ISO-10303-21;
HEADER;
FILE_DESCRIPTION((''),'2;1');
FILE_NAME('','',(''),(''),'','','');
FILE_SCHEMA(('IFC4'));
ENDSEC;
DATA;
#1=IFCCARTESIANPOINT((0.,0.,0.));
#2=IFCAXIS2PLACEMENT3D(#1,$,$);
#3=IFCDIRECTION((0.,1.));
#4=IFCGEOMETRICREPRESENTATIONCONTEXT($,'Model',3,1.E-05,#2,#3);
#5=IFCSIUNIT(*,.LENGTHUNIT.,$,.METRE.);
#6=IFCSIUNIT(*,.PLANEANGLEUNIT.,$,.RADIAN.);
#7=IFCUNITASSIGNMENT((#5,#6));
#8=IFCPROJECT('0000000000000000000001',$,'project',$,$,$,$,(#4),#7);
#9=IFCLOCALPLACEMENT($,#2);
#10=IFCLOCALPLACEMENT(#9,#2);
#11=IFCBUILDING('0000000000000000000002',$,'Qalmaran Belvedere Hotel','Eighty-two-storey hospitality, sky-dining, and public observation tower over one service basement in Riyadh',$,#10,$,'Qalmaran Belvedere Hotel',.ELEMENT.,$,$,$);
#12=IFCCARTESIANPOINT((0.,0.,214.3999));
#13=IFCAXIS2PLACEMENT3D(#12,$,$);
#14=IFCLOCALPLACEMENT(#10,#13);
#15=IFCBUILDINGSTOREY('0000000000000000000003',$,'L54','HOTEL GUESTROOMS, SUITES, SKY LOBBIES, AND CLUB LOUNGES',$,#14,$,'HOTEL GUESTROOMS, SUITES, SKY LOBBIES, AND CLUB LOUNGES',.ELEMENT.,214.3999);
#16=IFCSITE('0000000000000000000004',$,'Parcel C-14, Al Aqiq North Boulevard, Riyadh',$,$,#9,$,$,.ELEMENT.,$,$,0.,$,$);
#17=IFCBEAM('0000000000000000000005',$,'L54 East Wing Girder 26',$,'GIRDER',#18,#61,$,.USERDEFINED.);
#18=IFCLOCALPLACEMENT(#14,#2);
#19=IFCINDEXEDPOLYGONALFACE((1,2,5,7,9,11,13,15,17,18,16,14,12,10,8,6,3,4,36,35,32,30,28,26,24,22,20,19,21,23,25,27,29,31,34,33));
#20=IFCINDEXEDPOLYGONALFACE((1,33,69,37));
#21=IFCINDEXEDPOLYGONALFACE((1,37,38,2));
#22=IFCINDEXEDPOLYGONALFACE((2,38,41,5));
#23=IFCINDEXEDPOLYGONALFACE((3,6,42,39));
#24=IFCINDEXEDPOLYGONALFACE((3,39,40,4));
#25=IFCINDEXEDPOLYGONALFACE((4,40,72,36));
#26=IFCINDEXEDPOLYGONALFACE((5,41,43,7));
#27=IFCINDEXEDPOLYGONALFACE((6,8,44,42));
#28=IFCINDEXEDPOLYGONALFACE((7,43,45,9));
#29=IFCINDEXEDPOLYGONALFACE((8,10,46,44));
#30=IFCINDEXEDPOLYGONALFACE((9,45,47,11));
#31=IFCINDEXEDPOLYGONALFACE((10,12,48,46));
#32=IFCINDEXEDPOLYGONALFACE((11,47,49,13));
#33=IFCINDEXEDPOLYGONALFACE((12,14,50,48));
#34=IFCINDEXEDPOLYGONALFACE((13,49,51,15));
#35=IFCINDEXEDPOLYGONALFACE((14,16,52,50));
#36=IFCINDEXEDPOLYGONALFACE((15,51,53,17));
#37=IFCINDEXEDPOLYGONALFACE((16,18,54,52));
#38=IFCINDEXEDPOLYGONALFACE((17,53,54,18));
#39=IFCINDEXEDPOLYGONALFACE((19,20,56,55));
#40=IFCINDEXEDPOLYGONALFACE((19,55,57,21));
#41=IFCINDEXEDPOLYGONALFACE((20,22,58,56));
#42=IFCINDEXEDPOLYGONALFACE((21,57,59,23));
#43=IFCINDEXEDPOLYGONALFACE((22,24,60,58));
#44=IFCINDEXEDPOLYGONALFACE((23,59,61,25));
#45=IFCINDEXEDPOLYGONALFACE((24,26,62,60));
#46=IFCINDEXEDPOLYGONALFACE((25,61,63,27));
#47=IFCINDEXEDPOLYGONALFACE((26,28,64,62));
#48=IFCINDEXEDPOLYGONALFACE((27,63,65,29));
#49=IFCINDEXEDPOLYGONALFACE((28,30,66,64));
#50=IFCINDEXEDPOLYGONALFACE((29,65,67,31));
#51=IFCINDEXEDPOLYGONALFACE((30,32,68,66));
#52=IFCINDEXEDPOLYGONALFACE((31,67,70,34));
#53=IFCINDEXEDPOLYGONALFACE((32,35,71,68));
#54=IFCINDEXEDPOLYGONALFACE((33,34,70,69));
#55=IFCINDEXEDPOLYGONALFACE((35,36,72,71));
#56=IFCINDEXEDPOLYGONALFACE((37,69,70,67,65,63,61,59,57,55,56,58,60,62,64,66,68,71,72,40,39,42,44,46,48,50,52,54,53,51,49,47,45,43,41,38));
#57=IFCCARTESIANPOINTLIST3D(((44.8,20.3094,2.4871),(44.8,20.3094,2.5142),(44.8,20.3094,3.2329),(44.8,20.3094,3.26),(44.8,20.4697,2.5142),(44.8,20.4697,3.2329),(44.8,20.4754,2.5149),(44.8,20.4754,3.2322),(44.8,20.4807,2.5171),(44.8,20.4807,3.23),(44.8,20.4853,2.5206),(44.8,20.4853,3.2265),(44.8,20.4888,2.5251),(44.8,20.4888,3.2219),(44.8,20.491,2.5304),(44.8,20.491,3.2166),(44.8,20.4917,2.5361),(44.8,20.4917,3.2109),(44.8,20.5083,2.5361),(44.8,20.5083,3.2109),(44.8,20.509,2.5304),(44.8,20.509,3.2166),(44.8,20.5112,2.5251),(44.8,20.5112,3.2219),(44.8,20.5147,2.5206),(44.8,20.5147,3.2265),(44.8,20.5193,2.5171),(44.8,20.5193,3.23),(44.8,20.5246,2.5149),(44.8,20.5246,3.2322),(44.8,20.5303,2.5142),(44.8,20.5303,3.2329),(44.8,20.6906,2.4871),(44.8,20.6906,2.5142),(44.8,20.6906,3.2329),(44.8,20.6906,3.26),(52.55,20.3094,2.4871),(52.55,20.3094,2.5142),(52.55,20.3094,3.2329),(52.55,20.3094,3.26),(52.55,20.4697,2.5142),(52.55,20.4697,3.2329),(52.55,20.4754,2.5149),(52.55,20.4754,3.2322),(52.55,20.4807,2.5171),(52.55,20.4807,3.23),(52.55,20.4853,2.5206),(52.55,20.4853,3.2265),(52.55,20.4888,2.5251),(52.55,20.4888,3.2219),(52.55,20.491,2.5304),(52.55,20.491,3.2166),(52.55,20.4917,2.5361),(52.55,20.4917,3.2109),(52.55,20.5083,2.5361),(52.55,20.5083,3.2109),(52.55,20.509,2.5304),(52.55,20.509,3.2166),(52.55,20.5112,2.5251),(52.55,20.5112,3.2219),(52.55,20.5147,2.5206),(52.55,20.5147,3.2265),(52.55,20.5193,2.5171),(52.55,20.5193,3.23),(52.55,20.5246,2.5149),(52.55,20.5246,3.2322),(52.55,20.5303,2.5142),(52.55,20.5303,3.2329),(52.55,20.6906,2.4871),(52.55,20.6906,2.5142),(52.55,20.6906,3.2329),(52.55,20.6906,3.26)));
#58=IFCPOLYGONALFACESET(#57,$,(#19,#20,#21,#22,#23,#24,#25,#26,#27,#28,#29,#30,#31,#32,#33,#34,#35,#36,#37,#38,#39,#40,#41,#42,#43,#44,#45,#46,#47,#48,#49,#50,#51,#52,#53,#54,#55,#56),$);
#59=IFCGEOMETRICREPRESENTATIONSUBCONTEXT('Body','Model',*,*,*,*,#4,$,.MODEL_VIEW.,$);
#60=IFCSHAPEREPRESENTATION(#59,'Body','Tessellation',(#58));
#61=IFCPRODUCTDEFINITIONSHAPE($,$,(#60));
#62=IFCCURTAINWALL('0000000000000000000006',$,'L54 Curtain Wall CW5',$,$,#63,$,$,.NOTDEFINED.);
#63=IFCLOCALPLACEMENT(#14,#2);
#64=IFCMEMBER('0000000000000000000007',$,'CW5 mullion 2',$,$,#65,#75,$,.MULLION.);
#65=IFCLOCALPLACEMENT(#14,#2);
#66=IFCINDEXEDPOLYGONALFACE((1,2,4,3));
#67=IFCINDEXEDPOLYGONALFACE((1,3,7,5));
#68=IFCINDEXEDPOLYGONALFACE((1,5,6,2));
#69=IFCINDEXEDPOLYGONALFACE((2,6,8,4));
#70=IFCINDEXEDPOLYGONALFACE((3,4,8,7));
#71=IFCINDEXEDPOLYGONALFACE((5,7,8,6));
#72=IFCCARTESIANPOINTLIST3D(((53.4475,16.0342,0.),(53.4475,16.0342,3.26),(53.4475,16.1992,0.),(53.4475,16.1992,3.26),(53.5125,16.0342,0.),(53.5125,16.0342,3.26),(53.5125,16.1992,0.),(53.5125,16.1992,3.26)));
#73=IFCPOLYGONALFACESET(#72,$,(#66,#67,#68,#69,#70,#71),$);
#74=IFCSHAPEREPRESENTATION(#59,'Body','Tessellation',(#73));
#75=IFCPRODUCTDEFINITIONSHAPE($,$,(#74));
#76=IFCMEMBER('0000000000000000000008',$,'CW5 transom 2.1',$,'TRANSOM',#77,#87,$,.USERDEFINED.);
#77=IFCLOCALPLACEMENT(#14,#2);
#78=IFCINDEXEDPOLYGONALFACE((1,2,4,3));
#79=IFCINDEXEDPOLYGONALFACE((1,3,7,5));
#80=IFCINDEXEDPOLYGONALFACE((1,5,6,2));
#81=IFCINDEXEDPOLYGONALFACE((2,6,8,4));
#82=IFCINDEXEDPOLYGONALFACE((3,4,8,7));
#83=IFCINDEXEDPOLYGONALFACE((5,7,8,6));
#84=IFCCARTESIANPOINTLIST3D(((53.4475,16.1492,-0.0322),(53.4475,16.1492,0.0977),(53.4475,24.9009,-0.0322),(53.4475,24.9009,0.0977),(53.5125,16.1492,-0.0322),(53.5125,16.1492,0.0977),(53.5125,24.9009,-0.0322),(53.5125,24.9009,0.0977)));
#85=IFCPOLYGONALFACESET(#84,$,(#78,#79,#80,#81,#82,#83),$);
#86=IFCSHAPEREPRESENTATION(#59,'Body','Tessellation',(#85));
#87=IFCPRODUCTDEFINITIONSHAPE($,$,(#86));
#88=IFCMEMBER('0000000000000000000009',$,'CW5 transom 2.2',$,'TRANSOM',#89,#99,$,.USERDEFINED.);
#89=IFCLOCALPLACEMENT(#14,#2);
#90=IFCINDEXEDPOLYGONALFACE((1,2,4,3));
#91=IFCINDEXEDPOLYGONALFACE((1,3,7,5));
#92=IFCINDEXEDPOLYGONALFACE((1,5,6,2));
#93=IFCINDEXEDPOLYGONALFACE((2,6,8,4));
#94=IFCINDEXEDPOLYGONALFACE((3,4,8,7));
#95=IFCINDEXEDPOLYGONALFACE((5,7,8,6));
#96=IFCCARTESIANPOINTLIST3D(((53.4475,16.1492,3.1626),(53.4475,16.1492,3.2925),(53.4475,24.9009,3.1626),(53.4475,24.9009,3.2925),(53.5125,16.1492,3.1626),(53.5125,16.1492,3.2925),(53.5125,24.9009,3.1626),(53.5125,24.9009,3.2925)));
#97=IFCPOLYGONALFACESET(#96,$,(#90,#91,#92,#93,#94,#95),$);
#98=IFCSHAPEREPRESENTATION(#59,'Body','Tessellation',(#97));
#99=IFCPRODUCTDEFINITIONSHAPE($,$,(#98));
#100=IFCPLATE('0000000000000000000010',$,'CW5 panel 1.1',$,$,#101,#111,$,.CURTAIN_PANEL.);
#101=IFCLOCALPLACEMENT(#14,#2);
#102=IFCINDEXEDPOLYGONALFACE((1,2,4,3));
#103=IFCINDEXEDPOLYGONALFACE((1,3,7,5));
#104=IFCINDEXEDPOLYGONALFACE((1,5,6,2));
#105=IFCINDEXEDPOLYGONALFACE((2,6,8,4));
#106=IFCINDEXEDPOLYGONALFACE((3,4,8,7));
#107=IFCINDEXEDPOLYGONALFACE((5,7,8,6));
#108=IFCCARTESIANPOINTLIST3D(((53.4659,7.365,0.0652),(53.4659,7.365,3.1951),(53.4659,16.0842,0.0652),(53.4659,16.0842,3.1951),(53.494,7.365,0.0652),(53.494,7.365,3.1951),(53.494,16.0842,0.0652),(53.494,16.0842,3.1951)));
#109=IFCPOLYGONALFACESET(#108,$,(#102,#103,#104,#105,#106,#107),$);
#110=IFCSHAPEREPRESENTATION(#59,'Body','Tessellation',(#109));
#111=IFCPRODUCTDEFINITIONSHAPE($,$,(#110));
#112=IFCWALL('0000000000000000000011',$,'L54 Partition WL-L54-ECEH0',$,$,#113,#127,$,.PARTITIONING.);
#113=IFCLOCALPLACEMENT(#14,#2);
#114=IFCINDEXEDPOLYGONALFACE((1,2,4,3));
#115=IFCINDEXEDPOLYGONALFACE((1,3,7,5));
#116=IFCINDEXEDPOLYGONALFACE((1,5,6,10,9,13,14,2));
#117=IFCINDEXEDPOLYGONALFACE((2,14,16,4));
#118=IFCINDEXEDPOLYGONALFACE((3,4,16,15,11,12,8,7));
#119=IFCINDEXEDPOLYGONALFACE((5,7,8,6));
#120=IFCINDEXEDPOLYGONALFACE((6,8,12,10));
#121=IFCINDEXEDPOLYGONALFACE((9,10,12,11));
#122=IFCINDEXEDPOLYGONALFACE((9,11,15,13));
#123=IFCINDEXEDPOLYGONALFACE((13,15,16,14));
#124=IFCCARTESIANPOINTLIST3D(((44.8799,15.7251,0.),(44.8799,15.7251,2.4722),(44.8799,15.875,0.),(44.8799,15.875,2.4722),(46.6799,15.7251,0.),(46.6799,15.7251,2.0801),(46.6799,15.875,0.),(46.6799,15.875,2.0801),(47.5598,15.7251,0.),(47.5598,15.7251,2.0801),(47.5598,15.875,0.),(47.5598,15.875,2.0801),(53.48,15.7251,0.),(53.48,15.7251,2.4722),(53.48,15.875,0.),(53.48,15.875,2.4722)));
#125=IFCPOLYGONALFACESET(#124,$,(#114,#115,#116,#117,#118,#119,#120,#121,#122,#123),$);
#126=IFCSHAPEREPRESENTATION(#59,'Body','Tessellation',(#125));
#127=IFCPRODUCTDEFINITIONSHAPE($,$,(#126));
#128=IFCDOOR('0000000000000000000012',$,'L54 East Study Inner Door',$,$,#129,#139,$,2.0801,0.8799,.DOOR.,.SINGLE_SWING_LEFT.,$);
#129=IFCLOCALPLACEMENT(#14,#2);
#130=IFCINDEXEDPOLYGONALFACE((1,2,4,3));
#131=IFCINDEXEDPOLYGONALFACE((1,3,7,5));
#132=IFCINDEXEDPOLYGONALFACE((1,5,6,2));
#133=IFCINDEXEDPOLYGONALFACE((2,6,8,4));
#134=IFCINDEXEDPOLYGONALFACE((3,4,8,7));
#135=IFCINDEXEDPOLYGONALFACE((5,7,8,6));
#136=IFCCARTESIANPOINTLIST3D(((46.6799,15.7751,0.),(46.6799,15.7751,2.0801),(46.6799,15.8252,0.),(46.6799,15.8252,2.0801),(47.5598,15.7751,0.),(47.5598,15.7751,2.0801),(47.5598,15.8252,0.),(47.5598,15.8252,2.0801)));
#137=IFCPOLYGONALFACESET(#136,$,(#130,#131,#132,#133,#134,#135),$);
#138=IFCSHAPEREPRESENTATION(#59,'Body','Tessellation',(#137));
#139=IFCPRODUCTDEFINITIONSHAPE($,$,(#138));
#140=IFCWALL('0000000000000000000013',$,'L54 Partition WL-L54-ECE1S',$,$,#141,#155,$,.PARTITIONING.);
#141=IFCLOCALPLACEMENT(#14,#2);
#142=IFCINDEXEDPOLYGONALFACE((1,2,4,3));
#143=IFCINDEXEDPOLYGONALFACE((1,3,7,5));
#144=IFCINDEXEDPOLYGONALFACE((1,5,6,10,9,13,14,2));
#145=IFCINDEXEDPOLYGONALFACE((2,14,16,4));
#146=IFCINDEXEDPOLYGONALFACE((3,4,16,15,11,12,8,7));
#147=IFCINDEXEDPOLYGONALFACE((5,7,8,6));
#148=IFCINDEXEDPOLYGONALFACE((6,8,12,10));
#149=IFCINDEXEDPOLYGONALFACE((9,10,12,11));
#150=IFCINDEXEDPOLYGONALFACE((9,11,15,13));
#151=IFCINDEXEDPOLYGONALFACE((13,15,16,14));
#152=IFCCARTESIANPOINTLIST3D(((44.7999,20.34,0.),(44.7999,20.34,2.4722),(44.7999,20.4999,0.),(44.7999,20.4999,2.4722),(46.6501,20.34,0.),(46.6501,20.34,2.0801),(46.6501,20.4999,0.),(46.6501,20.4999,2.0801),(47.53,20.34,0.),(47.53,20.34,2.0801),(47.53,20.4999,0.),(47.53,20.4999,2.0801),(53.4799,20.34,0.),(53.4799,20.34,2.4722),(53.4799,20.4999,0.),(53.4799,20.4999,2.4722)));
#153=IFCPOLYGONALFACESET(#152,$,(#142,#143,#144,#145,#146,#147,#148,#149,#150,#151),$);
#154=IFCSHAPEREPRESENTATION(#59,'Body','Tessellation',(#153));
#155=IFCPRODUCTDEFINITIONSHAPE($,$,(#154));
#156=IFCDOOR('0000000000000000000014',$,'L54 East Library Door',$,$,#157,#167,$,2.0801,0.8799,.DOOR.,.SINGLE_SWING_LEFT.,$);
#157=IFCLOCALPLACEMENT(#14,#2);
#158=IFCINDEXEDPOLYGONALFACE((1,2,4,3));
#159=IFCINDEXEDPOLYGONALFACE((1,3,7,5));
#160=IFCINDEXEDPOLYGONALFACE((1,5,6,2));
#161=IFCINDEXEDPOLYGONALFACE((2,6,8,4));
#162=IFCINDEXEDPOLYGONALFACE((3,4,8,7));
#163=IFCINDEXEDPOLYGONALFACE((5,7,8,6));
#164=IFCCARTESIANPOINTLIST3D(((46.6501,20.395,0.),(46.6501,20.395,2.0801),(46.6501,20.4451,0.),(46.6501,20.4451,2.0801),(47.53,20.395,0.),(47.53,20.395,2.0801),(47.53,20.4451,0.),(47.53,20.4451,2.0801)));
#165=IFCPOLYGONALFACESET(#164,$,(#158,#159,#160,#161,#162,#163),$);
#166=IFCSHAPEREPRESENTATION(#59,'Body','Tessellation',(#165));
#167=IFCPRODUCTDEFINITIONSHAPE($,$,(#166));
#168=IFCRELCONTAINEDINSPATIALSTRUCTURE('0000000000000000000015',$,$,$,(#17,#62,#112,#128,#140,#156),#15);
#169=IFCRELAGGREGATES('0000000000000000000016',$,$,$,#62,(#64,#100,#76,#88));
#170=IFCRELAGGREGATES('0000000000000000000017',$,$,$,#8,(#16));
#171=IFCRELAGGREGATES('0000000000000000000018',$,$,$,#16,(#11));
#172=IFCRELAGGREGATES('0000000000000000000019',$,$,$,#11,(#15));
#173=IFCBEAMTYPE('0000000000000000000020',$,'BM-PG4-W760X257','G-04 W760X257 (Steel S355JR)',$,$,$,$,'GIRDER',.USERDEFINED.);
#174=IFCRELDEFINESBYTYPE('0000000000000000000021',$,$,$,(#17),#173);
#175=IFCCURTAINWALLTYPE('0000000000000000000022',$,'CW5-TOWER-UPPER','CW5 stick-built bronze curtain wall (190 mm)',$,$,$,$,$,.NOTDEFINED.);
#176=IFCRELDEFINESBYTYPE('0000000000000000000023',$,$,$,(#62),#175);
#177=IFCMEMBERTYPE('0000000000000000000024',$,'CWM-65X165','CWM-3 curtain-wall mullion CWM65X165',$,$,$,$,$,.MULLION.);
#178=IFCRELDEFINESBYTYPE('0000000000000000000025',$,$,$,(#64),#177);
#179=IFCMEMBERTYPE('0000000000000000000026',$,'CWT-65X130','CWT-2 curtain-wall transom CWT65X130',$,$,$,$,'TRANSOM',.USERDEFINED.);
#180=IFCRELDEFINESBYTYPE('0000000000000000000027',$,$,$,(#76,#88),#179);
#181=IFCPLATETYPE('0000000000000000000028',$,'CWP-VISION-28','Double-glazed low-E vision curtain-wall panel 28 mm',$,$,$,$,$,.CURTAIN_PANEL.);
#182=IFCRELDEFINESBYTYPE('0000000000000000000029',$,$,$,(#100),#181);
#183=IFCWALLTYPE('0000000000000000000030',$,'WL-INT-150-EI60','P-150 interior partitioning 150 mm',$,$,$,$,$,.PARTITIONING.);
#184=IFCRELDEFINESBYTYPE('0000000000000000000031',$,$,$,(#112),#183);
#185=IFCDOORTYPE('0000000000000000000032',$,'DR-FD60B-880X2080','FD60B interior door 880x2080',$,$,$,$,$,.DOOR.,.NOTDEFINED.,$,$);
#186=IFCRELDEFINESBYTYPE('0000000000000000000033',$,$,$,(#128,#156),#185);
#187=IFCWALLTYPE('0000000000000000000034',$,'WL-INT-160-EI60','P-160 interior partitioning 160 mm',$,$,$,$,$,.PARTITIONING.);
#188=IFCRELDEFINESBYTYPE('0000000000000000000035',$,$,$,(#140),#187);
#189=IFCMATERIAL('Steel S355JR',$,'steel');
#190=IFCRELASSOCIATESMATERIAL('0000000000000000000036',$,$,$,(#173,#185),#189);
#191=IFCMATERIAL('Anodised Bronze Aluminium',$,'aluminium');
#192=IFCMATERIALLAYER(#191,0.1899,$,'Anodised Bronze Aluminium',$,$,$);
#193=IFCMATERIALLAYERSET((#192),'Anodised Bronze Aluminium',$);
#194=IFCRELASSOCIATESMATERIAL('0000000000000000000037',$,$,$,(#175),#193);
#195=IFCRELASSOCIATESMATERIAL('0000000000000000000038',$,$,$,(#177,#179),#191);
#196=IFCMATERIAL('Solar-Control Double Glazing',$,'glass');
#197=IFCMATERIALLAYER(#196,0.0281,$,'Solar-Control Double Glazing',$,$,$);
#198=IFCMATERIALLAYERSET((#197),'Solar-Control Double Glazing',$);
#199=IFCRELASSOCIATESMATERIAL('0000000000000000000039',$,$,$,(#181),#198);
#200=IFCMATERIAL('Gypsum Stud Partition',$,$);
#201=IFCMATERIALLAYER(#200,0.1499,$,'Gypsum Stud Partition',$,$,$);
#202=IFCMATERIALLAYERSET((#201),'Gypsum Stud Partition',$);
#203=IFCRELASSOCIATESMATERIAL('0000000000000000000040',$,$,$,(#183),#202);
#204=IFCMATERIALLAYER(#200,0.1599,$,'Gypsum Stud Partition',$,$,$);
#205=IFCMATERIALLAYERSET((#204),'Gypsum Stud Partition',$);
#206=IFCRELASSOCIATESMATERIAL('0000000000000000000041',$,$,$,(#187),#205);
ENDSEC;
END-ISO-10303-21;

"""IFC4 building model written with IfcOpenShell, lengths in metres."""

from ifc_helpers import new_model, si_unit, direction, frame, frame_2d, origin, origin_2d, place, context, subcontext, project, spatial, rectangle, i_section, extrude, material, layer, layer_set, material_profile, profile_set, type_object, element, fill, aggregate, save


model = new_model("IFC4")

# Units and contexts
model_context = context("Model", 3, precision=1e-05, world=origin(), true_north=direction((0.0, 1.0)))
body_context = subcontext(model_context, "Body", "Model", "MODEL_VIEW")
ifc_project = project(units=[si_unit("LENGTHUNIT", "METRE"), si_unit("PLANEANGLEUNIT", "RADIAN")], contexts=[model_context])

# Site, building, storey
site_placement = place(None, origin())
site = spatial("IfcSite", under=ifc_project, at=site_placement, Name="Parcel C-14, Al Aqiq North Boulevard, Riyadh", CompositionType="ELEMENT", RefElevation=0.0)
building_placement = place(site_placement, origin())
building = spatial("IfcBuilding", under=site, at=building_placement, Name="Qalmaran Belvedere Hotel", Description="Eighty-two-storey hospitality, sky-dining, and public observation tower over one service basement in Riyadh", LongName="Qalmaran Belvedere Hotel", CompositionType="ELEMENT")
storey_placement = place(building_placement, frame((0.0, 0.0, 214.3999)))
storey = spatial("IfcBuildingStorey", under=building, at=storey_placement, Name="L54", Description="HOTEL GUESTROOMS, SUITES, SKY LOBBIES, AND CLUB LOUNGES", LongName="HOTEL GUESTROOMS, SUITES, SKY LOBBIES, AND CLUB LOUNGES", CompositionType="ELEMENT", Elevation=214.3999)

# Beam
ifc_material_1 = material(Name="Steel S355JR", Category="steel")
ifc_material_profile_1 = material_profile(ifc_material_1, i_section(OverallWidth=0.3811, OverallDepth=0.7729, WebThickness=0.0166, FlangeThickness=0.0271, FilletRadius=0.022, at=origin_2d()), Name="W760X257")
ifc_profile_set_1 = profile_set([ifc_material_profile_1], Name="Steel S355JR")
beam_type_1 = type_object("IfcBeamType", Name="BM-PG4-W760X257", Description="G-04 W760X257 (Steel S355JR)", ElementType="GIRDER", PredefinedType="USERDEFINED", material=ifc_profile_set_1)
beam_1_placement = place(storey_placement, frame((44.8, 20.5, 2.8735), z_axis=(1.0, 0.0, 0.0), x_axis=(0.0, 1.0, 0.0)))
element("IfcBeam", 1, at=beam_1_placement, inside=storey, type_object=beam_type_1, Name="L54 East Wing Girder 26", ObjectType="GIRDER", PredefinedType="USERDEFINED", context=body_context, shape_type="SweptSolid", body=[
    extrude(i_section(OverallWidth=0.3811, OverallDepth=0.7729, WebThickness=0.0166, FlangeThickness=0.0271, FilletRadius=0.022, at=origin_2d()), origin(), (0.0, 0.0, 1.0), 7.75),
])

# Curtain wall, members, plate
ifc_material_2 = material(Name="Anodised Bronze Aluminium", Category="aluminium")
ifc_layer_1 = layer(ifc_material_2, 0.1899, Name="Anodised Bronze Aluminium")
ifc_layer_set_1 = layer_set([ifc_layer_1], Name="Anodised Bronze Aluminium")
curtain_wall_type = type_object("IfcCurtainWallType", Name="CW5-TOWER-UPPER", Description="CW5 stick-built bronze curtain wall (190 mm)", PredefinedType="NOTDEFINED", material=ifc_layer_set_1)
curtain_wall_placement = place(storey_placement, origin())
curtain_wall = element("IfcCurtainWall", 2, at=curtain_wall_placement, inside=storey, type_object=curtain_wall_type, Name="L54 Curtain Wall CW5", PredefinedType="NOTDEFINED")
ifc_material_profile_2 = material_profile(ifc_material_2, rectangle(XDim=0.0649, YDim=0.165, at=origin_2d()), Name="CWM65X165")
ifc_profile_set_2 = profile_set([ifc_material_profile_2], Name="Anodised Bronze Aluminium")
member_type_1 = type_object("IfcMemberType", Name="CWM-65X165", Description="CWM-3 curtain-wall mullion CWM65X165", PredefinedType="MULLION", material=ifc_profile_set_2)
member_1_placement = place(storey_placement, frame((53.48, 16.1167, 0.0), z_axis=(0.0, 0.0, 1.0), x_axis=(-1.0, 0.0, 0.0)))
member_1 = element("IfcMember", 3, at=member_1_placement, type_object=member_type_1, Name="CW5 mullion 2", PredefinedType="MULLION", context=body_context, shape_type="SweptSolid", body=[
    extrude(rectangle(XDim=0.0649, YDim=0.165, at=origin_2d()), origin(), (0.0, 0.0, 1.0), 3.26),
])
ifc_material_profile_3 = material_profile(ifc_material_2, rectangle(XDim=0.0649, YDim=0.1299, at=origin_2d()), Name="CWT65X130")
ifc_profile_set_3 = profile_set([ifc_material_profile_3], Name="Anodised Bronze Aluminium")
member_type_2 = type_object("IfcMemberType", Name="CWT-65X130", Description="CWT-2 curtain-wall transom CWT65X130", ElementType="TRANSOM", PredefinedType="USERDEFINED", material=ifc_profile_set_3)
member_2_placement = place(storey_placement, frame((53.48, 16.1492, 0.0327), z_axis=(0.0, 1.0, 0.0), x_axis=(-1.0, 0.0, 0.0)))
member_2 = element("IfcMember", 4, at=member_2_placement, type_object=member_type_2, Name="CW5 transom 2.1", ObjectType="TRANSOM", PredefinedType="USERDEFINED", context=body_context, shape_type="SweptSolid", body=[
    extrude(rectangle(XDim=0.0649, YDim=0.1299, at=origin_2d()), origin(), (0.0, 0.0, 1.0), 8.7517),
])
member_3_placement = place(storey_placement, frame((53.48, 16.1492, 3.2275), z_axis=(0.0, 1.0, 0.0), x_axis=(-1.0, 0.0, 0.0)))
member_3 = element("IfcMember", 5, at=member_3_placement, type_object=member_type_2, Name="CW5 transom 2.2", ObjectType="TRANSOM", PredefinedType="USERDEFINED", context=body_context, shape_type="SweptSolid", body=[
    extrude(rectangle(XDim=0.0649, YDim=0.1299, at=origin_2d()), origin(), (0.0, 0.0, 1.0), 8.7517),
])
ifc_material_3 = material(Name="Solar-Control Double Glazing", Category="glass")
ifc_layer_2 = layer(ifc_material_3, 0.0281, Name="Solar-Control Double Glazing")
ifc_layer_set_2 = layer_set([ifc_layer_2], Name="Solar-Control Double Glazing")
plate_type = type_object("IfcPlateType", Name="CWP-VISION-28", Description="Double-glazed low-E vision curtain-wall panel 28 mm", PredefinedType="CURTAIN_PANEL", material=ifc_layer_set_2)
plate_placement = place(storey_placement, frame((53.48, 11.7246, 0.0652), z_axis=(0.0, 0.0, 1.0), x_axis=(0.0, 1.0, 0.0)))
plate = element("IfcPlate", 6, at=plate_placement, type_object=plate_type, Name="CW5 panel 1.1", PredefinedType="CURTAIN_PANEL", context=body_context, shape_type="SweptSolid", body=[
    extrude(rectangle(XDim=8.7192, YDim=0.0281, at=origin_2d()), origin(), (0.0, 0.0, 1.0), 3.1299),
])
aggregate(curtain_wall, [member_1, plate, member_2, member_3])

# Walls, openings, doors
ifc_material_4 = material(Name="Gypsum Stud Partition")
ifc_layer_3 = layer(ifc_material_4, 0.1499, Name="Gypsum Stud Partition")
ifc_layer_set_3 = layer_set([ifc_layer_3], Name="Gypsum Stud Partition")
wall_type_1 = type_object("IfcWallType", Name="WL-INT-150-EI60", Description="P-150 interior partitioning 150 mm", PredefinedType="PARTITIONING", material=ifc_layer_set_3)
wall_1_placement = place(storey_placement, frame((44.8799, 15.8, 0.0), z_axis=(0.0, 0.0, 1.0), x_axis=(1.0, 0.0, 0.0)))
wall_1 = element("IfcWall", 7, at=wall_1_placement, inside=storey, type_object=wall_type_1, Name="L54 Partition WL-L54-ECEH0", PredefinedType="PARTITIONING", context=body_context, shape_type="SweptSolid", body=[
    extrude(rectangle(XDim=8.6001, YDim=0.1499, at=frame_2d((4.3, 0.0))), origin(), (0.0, 0.0, 1.0), 2.4722),
])
opening_1_placement = place(wall_1_placement, frame((2.6799, 0.0, 0.0), z_axis=(0.0, 0.0, 1.0), x_axis=(-1.0, 0.0, 0.0)))
opening_1 = element("IfcOpeningElement", 8, at=opening_1_placement, cuts=wall_1, PredefinedType="OPENING", context=body_context, shape_type="SweptSolid", body=[
    extrude(rectangle(XDim=0.8799, YDim=2.0801, at=frame_2d((0.4399, 1.04))), frame((0.0, 0.085, 0.0), z_axis=(0.0, -1.0, 0.0), x_axis=(1.0, 0.0, 0.0)), (0.0, 0.0, 1.0), 0.1699),
])
door_type = type_object("IfcDoorType", Name="DR-FD60B-880X2080", Description="FD60B interior door 880x2080", OperationType="NOTDEFINED", PredefinedType="DOOR", material=ifc_material_1)
door_1_placement = place(opening_1_placement, origin())
door_1 = element("IfcDoor", 9, at=door_1_placement, inside=storey, type_object=door_type, Name="L54 East Study Inner Door", OperationType="SINGLE_SWING_LEFT", OverallHeight=2.0801, OverallWidth=0.8799, PredefinedType="DOOR", context=body_context, shape_type="SweptSolid", body=[
    extrude(rectangle(XDim=0.8799, YDim=2.0801, at=frame_2d((0.4399, 1.04))), frame((0.0, 0.0249, 0.0), z_axis=(0.0, -1.0, 0.0), x_axis=(1.0, 0.0, 0.0)), (0.0, 0.0, 1.0), 0.05),
])
fill(opening_1, door_1)
ifc_layer_4 = layer(ifc_material_4, 0.1599, Name="Gypsum Stud Partition")
ifc_layer_set_4 = layer_set([ifc_layer_4], Name="Gypsum Stud Partition")
wall_type_2 = type_object("IfcWallType", Name="WL-INT-160-EI60", Description="P-160 interior partitioning 160 mm", PredefinedType="PARTITIONING", material=ifc_layer_set_4)
wall_2_placement = place(storey_placement, frame((44.8, 20.4199, 0.0), z_axis=(0.0, 0.0, 1.0), x_axis=(1.0, 0.0, 0.0)))
wall_2 = element("IfcWall", 10, at=wall_2_placement, inside=storey, type_object=wall_type_2, Name="L54 Partition WL-L54-ECE1S", PredefinedType="PARTITIONING", context=body_context, shape_type="SweptSolid", body=[
    extrude(rectangle(XDim=8.6799, YDim=0.1599, at=frame_2d((4.3398, 0.0))), origin(), (0.0, 0.0, 1.0), 2.4722),
])
opening_2_placement = place(wall_2_placement, frame((2.73, 0.0, 0.0), z_axis=(0.0, 0.0, 1.0), x_axis=(-1.0, 0.0, 0.0)))
opening_2 = element("IfcOpeningElement", 11, at=opening_2_placement, cuts=wall_2, PredefinedType="OPENING", context=body_context, shape_type="SweptSolid", body=[
    extrude(rectangle(XDim=0.8799, YDim=2.0801, at=frame_2d((0.4399, 1.04))), frame((0.0, 0.0898, 0.0), z_axis=(0.0, -1.0, 0.0), x_axis=(1.0, 0.0, 0.0)), (0.0, 0.0, 1.0), 0.1799),
])
door_2_placement = place(opening_2_placement, origin())
door_2 = element("IfcDoor", 12, at=door_2_placement, inside=storey, type_object=door_type, Name="L54 East Library Door", OperationType="SINGLE_SWING_LEFT", OverallHeight=2.0801, OverallWidth=0.8799, PredefinedType="DOOR", context=body_context, shape_type="SweptSolid", body=[
    extrude(rectangle(XDim=0.8799, YDim=2.0801, at=frame_2d((0.4399, 1.04))), frame((0.0, 0.0249, 0.0), z_axis=(0.0, -1.0, 0.0), x_axis=(1.0, 0.0, 0.0)), (0.0, 0.0, 1.0), 0.05),
])
fill(opening_2, door_2)

save(model, "model.ifc")
